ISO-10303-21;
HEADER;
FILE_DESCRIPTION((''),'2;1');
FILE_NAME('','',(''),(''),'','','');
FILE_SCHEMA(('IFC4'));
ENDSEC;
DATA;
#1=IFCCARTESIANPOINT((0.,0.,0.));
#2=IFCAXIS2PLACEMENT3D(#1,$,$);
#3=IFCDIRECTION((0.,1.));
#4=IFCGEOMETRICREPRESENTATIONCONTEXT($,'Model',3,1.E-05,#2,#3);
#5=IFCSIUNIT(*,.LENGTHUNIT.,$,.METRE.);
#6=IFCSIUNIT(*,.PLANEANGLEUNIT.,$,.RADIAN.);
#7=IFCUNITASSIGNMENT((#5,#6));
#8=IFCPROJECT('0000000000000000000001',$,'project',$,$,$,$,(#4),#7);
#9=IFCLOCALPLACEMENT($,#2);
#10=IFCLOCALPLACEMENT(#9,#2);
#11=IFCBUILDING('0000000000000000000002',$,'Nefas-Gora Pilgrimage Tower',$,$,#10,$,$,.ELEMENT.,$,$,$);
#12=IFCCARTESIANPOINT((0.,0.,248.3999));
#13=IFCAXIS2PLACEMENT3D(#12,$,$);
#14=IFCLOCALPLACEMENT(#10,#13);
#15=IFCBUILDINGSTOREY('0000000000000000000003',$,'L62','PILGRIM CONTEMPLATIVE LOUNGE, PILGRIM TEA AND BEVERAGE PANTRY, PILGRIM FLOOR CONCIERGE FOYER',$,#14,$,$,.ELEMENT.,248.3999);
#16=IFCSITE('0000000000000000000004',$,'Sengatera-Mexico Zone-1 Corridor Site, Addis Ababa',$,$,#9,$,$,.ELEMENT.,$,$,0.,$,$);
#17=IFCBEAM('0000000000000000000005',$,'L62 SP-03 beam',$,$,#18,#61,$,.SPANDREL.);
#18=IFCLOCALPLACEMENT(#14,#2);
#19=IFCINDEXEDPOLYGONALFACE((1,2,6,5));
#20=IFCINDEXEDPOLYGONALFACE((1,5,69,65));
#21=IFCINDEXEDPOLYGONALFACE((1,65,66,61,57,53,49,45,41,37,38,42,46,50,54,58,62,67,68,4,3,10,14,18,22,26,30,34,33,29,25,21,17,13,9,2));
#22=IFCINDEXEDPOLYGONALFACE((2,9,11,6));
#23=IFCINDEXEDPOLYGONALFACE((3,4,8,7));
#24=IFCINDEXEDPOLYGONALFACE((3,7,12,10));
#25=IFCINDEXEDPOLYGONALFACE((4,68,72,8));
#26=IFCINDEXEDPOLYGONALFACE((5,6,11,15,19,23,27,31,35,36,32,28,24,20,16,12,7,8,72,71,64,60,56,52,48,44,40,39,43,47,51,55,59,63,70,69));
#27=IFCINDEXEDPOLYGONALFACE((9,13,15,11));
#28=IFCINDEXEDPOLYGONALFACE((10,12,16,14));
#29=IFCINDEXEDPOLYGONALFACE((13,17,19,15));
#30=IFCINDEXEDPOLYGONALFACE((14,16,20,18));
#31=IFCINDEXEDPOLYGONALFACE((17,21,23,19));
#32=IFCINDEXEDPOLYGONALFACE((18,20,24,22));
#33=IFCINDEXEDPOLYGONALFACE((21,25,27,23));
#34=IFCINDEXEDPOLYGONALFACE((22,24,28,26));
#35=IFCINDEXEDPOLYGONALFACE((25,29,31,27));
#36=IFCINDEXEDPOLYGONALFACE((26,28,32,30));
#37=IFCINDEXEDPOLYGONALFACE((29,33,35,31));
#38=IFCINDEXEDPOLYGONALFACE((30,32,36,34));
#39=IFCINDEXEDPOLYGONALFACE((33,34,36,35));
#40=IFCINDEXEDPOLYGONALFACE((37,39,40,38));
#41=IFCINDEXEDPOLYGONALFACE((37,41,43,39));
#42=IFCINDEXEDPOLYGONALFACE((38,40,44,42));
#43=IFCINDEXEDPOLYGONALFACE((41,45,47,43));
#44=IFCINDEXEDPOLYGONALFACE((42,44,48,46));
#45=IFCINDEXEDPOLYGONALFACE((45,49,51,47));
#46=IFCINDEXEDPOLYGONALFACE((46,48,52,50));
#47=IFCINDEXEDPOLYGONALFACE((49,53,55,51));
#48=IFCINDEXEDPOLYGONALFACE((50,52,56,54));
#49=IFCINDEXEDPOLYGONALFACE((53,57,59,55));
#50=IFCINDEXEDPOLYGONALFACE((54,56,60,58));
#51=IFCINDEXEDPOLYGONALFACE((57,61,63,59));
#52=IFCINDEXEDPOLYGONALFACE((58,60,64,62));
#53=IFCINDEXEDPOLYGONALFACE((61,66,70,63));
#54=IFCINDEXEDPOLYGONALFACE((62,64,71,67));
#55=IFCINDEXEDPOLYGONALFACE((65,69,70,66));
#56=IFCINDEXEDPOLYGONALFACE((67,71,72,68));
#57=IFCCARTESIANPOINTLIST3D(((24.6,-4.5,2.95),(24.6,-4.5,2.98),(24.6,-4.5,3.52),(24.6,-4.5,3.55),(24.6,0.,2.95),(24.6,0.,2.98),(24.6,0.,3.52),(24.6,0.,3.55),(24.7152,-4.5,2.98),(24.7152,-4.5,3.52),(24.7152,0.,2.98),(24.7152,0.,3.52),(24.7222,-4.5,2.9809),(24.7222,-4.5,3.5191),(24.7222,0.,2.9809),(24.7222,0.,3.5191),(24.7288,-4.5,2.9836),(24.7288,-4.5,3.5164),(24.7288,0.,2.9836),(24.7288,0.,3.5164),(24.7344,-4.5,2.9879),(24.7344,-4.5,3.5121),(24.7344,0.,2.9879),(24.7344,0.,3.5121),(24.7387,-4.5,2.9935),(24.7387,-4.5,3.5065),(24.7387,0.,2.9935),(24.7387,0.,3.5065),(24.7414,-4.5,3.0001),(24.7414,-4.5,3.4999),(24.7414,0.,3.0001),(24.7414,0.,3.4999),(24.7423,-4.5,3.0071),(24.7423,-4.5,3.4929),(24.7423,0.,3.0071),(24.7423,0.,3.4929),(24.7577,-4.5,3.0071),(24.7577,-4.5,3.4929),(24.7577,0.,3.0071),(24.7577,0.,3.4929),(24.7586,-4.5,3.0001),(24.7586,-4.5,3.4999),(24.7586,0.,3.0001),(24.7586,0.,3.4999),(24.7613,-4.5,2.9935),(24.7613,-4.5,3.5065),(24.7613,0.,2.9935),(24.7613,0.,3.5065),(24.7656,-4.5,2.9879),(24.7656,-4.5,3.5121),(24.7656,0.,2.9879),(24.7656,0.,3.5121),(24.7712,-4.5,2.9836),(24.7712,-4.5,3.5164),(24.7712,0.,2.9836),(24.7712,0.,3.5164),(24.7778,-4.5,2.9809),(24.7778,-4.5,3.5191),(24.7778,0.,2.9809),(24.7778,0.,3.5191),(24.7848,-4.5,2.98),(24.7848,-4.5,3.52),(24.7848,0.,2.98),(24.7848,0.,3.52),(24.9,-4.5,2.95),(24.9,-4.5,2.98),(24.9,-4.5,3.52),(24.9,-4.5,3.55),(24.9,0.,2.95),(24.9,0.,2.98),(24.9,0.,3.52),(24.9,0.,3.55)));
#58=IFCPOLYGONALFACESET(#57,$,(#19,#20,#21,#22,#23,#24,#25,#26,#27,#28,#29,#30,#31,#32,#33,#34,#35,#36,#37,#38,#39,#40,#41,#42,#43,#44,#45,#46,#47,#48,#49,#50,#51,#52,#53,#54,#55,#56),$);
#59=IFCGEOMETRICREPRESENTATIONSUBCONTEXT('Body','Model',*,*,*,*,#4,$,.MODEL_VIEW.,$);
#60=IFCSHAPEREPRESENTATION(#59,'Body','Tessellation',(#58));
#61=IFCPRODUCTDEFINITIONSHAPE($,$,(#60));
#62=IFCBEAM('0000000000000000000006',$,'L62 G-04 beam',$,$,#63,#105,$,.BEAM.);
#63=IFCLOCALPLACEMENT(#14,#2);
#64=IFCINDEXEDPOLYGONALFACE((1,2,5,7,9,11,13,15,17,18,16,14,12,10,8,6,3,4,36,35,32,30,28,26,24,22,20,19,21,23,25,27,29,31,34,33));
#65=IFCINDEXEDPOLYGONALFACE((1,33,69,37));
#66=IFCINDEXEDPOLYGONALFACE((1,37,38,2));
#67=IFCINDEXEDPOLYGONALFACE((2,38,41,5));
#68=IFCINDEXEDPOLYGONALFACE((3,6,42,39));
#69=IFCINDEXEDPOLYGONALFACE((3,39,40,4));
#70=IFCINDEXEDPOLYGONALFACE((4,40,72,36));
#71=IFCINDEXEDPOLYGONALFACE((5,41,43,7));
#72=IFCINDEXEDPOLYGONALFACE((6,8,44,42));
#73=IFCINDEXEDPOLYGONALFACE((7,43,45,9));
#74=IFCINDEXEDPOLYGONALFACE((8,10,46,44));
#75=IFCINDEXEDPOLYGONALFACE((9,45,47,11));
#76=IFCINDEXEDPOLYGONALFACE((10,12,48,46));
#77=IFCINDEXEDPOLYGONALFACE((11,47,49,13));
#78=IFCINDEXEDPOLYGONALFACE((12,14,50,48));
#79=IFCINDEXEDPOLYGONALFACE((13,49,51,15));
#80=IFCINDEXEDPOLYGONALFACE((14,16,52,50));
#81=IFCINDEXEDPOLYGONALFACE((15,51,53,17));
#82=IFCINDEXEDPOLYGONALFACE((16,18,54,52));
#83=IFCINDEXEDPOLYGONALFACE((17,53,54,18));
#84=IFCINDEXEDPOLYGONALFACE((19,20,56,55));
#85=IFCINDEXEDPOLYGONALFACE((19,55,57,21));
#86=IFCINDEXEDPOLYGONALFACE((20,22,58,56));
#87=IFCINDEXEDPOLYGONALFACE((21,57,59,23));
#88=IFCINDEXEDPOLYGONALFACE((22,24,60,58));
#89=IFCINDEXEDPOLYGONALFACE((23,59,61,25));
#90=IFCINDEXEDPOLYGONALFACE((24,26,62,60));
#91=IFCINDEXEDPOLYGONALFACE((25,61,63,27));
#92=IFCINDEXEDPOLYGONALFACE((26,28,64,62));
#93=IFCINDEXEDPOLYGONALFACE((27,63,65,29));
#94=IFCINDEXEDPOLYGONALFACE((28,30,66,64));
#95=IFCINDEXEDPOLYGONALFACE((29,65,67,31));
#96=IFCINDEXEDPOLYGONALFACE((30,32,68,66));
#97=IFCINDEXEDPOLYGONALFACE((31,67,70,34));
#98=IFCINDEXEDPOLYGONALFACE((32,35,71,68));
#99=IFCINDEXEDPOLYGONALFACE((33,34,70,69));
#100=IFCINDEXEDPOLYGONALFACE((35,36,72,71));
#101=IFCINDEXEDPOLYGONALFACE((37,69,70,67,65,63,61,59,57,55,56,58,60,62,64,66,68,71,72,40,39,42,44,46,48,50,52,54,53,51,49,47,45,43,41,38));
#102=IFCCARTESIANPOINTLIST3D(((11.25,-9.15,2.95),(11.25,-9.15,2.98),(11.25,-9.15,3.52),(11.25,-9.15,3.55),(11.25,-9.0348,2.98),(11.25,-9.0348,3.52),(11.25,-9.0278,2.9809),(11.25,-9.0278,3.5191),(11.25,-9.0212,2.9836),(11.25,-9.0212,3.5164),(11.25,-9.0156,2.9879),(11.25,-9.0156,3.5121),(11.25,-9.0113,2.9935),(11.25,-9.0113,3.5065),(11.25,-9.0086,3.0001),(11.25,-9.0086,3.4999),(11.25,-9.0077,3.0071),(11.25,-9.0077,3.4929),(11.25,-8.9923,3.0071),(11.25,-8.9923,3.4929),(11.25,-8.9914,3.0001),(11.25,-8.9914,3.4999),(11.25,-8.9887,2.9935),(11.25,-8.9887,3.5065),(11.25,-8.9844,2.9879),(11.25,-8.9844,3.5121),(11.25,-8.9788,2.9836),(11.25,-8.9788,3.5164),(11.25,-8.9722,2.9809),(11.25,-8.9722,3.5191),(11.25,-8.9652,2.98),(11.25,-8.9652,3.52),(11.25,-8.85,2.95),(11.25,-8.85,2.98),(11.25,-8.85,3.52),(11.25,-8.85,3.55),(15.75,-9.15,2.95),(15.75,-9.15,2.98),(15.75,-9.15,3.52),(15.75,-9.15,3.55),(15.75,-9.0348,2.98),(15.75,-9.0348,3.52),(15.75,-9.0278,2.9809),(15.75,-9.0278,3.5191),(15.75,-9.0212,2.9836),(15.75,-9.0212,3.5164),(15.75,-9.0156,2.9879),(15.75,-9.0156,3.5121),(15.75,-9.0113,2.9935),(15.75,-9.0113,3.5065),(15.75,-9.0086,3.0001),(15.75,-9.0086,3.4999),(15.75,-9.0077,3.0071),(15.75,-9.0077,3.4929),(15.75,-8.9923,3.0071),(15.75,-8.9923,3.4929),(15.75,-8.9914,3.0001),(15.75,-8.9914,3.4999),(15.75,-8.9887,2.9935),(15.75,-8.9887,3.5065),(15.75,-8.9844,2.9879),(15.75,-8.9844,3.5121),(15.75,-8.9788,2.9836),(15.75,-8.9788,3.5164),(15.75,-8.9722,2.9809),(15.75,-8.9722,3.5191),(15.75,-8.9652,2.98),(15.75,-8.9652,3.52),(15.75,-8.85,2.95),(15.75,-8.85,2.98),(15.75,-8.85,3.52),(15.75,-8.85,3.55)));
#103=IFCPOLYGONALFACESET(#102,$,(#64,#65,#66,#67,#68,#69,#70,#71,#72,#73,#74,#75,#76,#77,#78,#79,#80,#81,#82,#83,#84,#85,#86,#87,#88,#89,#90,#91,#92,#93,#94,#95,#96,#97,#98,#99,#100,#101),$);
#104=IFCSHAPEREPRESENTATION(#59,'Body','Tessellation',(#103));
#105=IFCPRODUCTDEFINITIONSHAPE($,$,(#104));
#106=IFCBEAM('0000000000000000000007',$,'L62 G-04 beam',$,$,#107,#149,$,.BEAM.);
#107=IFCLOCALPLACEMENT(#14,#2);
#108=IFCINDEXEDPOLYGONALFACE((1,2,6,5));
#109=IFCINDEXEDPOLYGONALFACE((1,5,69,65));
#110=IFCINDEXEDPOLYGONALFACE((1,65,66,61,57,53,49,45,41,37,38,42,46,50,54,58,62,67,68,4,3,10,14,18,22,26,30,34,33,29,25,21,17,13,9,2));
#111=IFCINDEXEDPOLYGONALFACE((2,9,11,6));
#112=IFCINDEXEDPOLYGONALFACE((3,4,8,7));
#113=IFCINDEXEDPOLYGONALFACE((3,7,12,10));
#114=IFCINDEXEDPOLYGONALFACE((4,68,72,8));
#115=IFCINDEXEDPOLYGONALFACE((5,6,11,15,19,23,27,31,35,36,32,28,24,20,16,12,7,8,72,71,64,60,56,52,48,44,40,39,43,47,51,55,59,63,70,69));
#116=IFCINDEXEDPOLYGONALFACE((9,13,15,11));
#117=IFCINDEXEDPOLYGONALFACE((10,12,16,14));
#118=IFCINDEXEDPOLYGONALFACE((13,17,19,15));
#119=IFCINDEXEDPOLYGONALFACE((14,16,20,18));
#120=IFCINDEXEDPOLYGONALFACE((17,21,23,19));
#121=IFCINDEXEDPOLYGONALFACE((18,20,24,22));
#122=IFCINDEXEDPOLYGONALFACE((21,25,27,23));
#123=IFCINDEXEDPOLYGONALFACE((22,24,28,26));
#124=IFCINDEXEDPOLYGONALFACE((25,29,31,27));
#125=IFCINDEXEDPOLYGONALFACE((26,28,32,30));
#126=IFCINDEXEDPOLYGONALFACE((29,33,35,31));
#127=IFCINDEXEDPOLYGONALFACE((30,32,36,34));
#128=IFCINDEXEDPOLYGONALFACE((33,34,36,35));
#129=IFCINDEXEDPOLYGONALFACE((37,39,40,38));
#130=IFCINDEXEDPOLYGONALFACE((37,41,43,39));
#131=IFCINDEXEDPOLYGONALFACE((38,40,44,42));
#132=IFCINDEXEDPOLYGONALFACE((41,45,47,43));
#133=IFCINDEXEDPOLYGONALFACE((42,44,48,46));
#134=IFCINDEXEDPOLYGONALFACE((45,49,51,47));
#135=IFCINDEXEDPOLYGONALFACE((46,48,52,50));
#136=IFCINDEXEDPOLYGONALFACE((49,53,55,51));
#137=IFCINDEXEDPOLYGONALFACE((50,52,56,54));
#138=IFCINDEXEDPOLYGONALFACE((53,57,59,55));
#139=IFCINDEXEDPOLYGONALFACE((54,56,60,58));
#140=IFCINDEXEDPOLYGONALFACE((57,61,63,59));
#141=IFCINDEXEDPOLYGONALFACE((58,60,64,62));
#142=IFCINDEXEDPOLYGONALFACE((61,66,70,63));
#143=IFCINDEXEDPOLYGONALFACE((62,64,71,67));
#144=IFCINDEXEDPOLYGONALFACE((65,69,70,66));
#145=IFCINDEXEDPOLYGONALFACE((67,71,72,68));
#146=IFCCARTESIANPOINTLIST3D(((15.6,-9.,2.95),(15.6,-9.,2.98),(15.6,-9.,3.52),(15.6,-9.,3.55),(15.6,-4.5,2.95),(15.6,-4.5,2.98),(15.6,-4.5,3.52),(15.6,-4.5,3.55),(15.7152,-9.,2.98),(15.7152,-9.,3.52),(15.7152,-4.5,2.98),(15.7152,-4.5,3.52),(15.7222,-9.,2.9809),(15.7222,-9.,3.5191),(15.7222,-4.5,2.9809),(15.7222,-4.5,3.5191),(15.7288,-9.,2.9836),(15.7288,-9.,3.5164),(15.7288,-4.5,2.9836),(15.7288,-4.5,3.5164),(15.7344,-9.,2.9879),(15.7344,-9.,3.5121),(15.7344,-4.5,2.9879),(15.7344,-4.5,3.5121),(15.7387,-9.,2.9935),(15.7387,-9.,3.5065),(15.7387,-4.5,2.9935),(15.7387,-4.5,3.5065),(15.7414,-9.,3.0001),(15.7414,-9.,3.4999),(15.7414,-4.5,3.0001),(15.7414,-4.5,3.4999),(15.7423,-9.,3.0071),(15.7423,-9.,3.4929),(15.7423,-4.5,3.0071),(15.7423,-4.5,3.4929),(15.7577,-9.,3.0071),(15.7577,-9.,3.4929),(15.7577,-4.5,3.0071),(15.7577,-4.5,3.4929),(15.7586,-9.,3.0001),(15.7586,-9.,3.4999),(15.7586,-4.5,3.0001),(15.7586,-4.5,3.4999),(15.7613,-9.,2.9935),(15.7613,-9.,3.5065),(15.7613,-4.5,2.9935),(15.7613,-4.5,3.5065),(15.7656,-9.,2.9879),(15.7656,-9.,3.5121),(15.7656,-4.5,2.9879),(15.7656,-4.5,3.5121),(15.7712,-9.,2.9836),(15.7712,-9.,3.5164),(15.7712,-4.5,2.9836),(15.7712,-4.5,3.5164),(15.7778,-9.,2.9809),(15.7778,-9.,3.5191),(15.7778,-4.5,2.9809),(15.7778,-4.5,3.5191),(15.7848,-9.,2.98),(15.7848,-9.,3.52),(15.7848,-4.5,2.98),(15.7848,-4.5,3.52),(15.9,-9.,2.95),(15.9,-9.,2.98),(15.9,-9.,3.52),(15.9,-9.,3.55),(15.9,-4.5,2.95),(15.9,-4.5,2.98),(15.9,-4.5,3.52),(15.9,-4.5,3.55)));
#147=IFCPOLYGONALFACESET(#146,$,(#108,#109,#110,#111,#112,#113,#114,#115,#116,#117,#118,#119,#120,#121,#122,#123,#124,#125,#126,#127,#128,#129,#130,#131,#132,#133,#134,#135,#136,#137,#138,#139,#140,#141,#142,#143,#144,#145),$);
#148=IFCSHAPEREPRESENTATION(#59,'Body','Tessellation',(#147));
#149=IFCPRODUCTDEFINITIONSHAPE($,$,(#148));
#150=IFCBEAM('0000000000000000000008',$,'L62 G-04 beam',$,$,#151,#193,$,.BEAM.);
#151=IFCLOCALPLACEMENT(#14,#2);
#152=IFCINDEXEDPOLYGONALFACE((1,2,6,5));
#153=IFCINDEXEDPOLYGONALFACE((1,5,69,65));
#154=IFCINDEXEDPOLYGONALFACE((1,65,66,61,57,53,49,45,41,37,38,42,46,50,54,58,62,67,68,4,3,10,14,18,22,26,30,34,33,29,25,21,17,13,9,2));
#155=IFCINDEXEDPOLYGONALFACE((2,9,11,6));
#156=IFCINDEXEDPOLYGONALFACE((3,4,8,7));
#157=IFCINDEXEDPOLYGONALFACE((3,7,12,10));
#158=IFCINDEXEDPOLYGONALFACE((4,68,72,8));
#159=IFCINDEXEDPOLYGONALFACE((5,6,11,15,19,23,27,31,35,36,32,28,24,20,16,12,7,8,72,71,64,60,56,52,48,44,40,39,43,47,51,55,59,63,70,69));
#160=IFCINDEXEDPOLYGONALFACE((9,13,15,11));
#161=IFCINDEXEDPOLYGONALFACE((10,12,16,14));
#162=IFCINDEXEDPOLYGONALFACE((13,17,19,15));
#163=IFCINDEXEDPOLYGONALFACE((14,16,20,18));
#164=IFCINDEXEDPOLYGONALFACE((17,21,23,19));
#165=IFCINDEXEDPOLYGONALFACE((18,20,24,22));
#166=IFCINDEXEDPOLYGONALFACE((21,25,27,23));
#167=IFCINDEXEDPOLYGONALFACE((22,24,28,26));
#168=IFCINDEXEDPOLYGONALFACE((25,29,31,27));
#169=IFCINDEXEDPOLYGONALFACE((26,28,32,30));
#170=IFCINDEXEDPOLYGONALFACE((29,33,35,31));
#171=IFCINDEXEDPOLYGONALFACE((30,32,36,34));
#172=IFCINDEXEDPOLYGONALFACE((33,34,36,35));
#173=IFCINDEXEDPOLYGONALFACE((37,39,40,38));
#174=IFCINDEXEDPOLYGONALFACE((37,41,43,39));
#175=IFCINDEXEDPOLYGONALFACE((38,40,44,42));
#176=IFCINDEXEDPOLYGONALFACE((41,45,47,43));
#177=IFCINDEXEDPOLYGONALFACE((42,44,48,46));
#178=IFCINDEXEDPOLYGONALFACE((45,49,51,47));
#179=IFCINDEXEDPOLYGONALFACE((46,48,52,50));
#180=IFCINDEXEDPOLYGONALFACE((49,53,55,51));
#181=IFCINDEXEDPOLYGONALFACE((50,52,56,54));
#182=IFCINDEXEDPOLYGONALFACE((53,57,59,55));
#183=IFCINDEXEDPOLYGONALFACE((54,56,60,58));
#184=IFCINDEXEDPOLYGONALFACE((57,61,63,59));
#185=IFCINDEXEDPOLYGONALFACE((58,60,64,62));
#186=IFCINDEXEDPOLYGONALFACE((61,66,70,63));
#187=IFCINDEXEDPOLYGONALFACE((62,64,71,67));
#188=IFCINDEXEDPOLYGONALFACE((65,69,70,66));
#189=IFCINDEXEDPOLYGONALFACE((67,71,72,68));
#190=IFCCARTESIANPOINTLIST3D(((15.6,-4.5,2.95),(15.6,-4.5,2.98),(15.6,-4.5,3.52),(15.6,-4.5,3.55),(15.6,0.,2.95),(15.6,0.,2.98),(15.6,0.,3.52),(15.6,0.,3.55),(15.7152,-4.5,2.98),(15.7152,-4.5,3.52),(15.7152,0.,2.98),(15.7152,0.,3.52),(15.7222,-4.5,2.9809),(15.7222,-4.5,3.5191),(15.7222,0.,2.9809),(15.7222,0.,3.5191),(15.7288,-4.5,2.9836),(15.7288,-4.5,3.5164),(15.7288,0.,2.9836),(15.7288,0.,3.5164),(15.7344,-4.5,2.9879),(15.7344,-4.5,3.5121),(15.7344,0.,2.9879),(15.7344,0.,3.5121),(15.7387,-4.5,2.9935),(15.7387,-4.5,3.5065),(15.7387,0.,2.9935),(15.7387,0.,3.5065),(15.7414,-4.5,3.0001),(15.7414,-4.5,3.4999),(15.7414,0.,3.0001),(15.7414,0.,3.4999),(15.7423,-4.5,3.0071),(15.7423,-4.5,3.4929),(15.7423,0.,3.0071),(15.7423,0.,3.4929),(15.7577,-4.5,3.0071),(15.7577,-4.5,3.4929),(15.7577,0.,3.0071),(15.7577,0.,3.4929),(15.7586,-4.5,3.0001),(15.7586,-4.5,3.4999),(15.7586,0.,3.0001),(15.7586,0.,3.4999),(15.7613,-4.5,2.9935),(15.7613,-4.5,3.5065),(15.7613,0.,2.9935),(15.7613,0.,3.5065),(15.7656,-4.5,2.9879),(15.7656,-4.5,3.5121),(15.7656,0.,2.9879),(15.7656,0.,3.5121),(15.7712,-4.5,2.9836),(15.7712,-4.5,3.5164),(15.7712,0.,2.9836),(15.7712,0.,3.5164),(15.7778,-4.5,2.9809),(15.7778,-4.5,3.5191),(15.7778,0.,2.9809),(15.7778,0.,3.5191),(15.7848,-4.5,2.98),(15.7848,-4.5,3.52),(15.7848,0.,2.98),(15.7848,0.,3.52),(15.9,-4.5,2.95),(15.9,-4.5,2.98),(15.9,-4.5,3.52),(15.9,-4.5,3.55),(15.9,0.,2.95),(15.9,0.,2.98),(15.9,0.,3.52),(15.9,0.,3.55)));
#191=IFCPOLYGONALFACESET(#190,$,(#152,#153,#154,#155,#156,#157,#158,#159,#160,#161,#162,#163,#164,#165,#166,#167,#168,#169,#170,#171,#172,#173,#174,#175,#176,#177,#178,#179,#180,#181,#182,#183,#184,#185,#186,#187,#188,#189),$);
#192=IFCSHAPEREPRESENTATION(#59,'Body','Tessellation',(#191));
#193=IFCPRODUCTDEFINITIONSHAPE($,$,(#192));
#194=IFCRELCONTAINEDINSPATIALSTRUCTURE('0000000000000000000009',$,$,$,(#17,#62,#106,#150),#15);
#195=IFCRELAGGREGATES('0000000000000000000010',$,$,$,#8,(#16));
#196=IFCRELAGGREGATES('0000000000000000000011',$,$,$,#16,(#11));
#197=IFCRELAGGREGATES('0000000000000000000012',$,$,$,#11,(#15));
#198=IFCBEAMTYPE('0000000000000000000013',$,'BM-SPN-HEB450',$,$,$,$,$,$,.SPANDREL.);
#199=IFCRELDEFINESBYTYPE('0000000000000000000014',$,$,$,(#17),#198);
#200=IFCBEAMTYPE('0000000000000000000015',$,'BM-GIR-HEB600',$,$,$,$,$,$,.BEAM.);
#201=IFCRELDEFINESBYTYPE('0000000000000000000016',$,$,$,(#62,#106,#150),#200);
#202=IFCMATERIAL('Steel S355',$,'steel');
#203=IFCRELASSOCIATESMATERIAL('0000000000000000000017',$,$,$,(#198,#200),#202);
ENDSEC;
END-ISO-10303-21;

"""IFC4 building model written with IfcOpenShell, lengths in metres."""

from ifc_helpers import new_model, si_unit, direction, frame, origin, origin_2d, place, context, subcontext, project, spatial, i_section, extrude, source, transform, mapped, material, material_profile, profile_set, type_object, element, save


model = new_model("IFC4")

# Units and contexts
model_context = context("Model", 3, precision=1e-05, world=origin(), true_north=direction((0.0, 1.0)))
body_context = subcontext(model_context, "Body", "Model", "MODEL_VIEW")
ifc_project = project(units=[si_unit("LENGTHUNIT", "METRE"), si_unit("PLANEANGLEUNIT", "RADIAN")], contexts=[model_context])

# Site, building, storey
site_placement = place(None, origin())
site = spatial("IfcSite", under=ifc_project, at=site_placement, Name="Sengatera-Mexico Zone-1 Corridor Site, Addis Ababa", CompositionType="ELEMENT", RefElevation=0.0)
building_placement = place(site_placement, origin())
building = spatial("IfcBuilding", under=site, at=building_placement, Name="Nefas-Gora Pilgrimage Tower", CompositionType="ELEMENT")
storey_placement = place(building_placement, frame((0.0, 0.0, 248.3999)))
storey = spatial("IfcBuildingStorey", under=building, at=storey_placement, Name="L62", Description="PILGRIM CONTEMPLATIVE LOUNGE, PILGRIM TEA AND BEVERAGE PANTRY, PILGRIM FLOOR CONCIERGE FOYER", CompositionType="ELEMENT", Elevation=248.3999)

# Beams
ifc_material_1 = material(Name="Steel S355", Category="steel")
ifc_material_profile_1 = material_profile(ifc_material_1, i_section(OverallWidth=0.3, OverallDepth=0.6001, WebThickness=0.0154, FlangeThickness=0.03, FilletRadius=0.0271, at=origin_2d()), Name="HEB 600")
ifc_profile_set_1 = profile_set([ifc_material_profile_1], Name="Steel S355")
beam_type_1 = type_object("IfcBeamType", Name="BM-SPN-HEB450", PredefinedType="SPANDREL", material=ifc_profile_set_1)
shared_shape_1 = source(origin(), body_context, "Body", "SweptSolid", [
    extrude(i_section(OverallWidth=0.3, OverallDepth=0.6001, WebThickness=0.0154, FlangeThickness=0.03, FilletRadius=0.0271, at=origin_2d()), origin(), (0.0, 0.0, 1.0), 4.5),
])
for number, where, z_axis, x_axis, name in (
    (1, (24.75, -4.5, 3.25), (0.0, 1.0, 0.0), (-1.0, 0.0, 0.0), "L62 SP-03 beam"),
):
    element("IfcBeam", number, at=place(storey_placement, frame(where, z_axis=z_axis, x_axis=x_axis)), inside=storey, type_object=beam_type_1, Name=name, PredefinedType="SPANDREL", context=body_context, shape_type="MappedRepresentation", body=[
        mapped(shared_shape_1, transform((0.0, 0.0, 0.0), x_axis=(1.0, 0.0, 0.0), y_axis=(0.0, 1.0, 0.0), z_axis=(0.0, 0.0, 1.0), scale=1.0)),
    ])
ifc_material_profile_2 = material_profile(ifc_material_1, i_section(OverallWidth=0.3, OverallDepth=0.6001, WebThickness=0.0154, FlangeThickness=0.03, FilletRadius=0.0271, at=origin_2d()), Name="HEB 600")
ifc_profile_set_2 = profile_set([ifc_material_profile_2], Name="Steel S355")
beam_type_2 = type_object("IfcBeamType", Name="BM-GIR-HEB600", PredefinedType="BEAM", material=ifc_profile_set_2)
shared_shape_2 = source(origin(), body_context, "Body", "SweptSolid", [
    extrude(i_section(OverallWidth=0.3, OverallDepth=0.6001, WebThickness=0.0154, FlangeThickness=0.03, FilletRadius=0.0271, at=origin_2d()), origin(), (0.0, 0.0, 1.0), 4.5),
])
for number, where, z_axis, x_axis, name in (
    (2, (11.25, -9.0, 3.25), (1.0, 0.0, 0.0), (0.0, 1.0, 0.0), "L62 G-04 beam"),
    (3, (15.75, -9.0, 3.25), (0.0, 1.0, 0.0), (-1.0, 0.0, 0.0), "L62 G-04 beam"),
    (4, (15.75, -4.5, 3.25), (0.0, 1.0, 0.0), (-1.0, 0.0, 0.0), "L62 G-04 beam"),
):
    element("IfcBeam", number, at=place(storey_placement, frame(where, z_axis=z_axis, x_axis=x_axis)), inside=storey, type_object=beam_type_2, Name=name, PredefinedType="BEAM", context=body_context, shape_type="MappedRepresentation", body=[
        mapped(shared_shape_2, transform((0.0, 0.0, 0.0), x_axis=(1.0, 0.0, 0.0), y_axis=(0.0, 1.0, 0.0), z_axis=(0.0, 0.0, 1.0), scale=1.0)),
    ])

save(model, "model.ifc")
